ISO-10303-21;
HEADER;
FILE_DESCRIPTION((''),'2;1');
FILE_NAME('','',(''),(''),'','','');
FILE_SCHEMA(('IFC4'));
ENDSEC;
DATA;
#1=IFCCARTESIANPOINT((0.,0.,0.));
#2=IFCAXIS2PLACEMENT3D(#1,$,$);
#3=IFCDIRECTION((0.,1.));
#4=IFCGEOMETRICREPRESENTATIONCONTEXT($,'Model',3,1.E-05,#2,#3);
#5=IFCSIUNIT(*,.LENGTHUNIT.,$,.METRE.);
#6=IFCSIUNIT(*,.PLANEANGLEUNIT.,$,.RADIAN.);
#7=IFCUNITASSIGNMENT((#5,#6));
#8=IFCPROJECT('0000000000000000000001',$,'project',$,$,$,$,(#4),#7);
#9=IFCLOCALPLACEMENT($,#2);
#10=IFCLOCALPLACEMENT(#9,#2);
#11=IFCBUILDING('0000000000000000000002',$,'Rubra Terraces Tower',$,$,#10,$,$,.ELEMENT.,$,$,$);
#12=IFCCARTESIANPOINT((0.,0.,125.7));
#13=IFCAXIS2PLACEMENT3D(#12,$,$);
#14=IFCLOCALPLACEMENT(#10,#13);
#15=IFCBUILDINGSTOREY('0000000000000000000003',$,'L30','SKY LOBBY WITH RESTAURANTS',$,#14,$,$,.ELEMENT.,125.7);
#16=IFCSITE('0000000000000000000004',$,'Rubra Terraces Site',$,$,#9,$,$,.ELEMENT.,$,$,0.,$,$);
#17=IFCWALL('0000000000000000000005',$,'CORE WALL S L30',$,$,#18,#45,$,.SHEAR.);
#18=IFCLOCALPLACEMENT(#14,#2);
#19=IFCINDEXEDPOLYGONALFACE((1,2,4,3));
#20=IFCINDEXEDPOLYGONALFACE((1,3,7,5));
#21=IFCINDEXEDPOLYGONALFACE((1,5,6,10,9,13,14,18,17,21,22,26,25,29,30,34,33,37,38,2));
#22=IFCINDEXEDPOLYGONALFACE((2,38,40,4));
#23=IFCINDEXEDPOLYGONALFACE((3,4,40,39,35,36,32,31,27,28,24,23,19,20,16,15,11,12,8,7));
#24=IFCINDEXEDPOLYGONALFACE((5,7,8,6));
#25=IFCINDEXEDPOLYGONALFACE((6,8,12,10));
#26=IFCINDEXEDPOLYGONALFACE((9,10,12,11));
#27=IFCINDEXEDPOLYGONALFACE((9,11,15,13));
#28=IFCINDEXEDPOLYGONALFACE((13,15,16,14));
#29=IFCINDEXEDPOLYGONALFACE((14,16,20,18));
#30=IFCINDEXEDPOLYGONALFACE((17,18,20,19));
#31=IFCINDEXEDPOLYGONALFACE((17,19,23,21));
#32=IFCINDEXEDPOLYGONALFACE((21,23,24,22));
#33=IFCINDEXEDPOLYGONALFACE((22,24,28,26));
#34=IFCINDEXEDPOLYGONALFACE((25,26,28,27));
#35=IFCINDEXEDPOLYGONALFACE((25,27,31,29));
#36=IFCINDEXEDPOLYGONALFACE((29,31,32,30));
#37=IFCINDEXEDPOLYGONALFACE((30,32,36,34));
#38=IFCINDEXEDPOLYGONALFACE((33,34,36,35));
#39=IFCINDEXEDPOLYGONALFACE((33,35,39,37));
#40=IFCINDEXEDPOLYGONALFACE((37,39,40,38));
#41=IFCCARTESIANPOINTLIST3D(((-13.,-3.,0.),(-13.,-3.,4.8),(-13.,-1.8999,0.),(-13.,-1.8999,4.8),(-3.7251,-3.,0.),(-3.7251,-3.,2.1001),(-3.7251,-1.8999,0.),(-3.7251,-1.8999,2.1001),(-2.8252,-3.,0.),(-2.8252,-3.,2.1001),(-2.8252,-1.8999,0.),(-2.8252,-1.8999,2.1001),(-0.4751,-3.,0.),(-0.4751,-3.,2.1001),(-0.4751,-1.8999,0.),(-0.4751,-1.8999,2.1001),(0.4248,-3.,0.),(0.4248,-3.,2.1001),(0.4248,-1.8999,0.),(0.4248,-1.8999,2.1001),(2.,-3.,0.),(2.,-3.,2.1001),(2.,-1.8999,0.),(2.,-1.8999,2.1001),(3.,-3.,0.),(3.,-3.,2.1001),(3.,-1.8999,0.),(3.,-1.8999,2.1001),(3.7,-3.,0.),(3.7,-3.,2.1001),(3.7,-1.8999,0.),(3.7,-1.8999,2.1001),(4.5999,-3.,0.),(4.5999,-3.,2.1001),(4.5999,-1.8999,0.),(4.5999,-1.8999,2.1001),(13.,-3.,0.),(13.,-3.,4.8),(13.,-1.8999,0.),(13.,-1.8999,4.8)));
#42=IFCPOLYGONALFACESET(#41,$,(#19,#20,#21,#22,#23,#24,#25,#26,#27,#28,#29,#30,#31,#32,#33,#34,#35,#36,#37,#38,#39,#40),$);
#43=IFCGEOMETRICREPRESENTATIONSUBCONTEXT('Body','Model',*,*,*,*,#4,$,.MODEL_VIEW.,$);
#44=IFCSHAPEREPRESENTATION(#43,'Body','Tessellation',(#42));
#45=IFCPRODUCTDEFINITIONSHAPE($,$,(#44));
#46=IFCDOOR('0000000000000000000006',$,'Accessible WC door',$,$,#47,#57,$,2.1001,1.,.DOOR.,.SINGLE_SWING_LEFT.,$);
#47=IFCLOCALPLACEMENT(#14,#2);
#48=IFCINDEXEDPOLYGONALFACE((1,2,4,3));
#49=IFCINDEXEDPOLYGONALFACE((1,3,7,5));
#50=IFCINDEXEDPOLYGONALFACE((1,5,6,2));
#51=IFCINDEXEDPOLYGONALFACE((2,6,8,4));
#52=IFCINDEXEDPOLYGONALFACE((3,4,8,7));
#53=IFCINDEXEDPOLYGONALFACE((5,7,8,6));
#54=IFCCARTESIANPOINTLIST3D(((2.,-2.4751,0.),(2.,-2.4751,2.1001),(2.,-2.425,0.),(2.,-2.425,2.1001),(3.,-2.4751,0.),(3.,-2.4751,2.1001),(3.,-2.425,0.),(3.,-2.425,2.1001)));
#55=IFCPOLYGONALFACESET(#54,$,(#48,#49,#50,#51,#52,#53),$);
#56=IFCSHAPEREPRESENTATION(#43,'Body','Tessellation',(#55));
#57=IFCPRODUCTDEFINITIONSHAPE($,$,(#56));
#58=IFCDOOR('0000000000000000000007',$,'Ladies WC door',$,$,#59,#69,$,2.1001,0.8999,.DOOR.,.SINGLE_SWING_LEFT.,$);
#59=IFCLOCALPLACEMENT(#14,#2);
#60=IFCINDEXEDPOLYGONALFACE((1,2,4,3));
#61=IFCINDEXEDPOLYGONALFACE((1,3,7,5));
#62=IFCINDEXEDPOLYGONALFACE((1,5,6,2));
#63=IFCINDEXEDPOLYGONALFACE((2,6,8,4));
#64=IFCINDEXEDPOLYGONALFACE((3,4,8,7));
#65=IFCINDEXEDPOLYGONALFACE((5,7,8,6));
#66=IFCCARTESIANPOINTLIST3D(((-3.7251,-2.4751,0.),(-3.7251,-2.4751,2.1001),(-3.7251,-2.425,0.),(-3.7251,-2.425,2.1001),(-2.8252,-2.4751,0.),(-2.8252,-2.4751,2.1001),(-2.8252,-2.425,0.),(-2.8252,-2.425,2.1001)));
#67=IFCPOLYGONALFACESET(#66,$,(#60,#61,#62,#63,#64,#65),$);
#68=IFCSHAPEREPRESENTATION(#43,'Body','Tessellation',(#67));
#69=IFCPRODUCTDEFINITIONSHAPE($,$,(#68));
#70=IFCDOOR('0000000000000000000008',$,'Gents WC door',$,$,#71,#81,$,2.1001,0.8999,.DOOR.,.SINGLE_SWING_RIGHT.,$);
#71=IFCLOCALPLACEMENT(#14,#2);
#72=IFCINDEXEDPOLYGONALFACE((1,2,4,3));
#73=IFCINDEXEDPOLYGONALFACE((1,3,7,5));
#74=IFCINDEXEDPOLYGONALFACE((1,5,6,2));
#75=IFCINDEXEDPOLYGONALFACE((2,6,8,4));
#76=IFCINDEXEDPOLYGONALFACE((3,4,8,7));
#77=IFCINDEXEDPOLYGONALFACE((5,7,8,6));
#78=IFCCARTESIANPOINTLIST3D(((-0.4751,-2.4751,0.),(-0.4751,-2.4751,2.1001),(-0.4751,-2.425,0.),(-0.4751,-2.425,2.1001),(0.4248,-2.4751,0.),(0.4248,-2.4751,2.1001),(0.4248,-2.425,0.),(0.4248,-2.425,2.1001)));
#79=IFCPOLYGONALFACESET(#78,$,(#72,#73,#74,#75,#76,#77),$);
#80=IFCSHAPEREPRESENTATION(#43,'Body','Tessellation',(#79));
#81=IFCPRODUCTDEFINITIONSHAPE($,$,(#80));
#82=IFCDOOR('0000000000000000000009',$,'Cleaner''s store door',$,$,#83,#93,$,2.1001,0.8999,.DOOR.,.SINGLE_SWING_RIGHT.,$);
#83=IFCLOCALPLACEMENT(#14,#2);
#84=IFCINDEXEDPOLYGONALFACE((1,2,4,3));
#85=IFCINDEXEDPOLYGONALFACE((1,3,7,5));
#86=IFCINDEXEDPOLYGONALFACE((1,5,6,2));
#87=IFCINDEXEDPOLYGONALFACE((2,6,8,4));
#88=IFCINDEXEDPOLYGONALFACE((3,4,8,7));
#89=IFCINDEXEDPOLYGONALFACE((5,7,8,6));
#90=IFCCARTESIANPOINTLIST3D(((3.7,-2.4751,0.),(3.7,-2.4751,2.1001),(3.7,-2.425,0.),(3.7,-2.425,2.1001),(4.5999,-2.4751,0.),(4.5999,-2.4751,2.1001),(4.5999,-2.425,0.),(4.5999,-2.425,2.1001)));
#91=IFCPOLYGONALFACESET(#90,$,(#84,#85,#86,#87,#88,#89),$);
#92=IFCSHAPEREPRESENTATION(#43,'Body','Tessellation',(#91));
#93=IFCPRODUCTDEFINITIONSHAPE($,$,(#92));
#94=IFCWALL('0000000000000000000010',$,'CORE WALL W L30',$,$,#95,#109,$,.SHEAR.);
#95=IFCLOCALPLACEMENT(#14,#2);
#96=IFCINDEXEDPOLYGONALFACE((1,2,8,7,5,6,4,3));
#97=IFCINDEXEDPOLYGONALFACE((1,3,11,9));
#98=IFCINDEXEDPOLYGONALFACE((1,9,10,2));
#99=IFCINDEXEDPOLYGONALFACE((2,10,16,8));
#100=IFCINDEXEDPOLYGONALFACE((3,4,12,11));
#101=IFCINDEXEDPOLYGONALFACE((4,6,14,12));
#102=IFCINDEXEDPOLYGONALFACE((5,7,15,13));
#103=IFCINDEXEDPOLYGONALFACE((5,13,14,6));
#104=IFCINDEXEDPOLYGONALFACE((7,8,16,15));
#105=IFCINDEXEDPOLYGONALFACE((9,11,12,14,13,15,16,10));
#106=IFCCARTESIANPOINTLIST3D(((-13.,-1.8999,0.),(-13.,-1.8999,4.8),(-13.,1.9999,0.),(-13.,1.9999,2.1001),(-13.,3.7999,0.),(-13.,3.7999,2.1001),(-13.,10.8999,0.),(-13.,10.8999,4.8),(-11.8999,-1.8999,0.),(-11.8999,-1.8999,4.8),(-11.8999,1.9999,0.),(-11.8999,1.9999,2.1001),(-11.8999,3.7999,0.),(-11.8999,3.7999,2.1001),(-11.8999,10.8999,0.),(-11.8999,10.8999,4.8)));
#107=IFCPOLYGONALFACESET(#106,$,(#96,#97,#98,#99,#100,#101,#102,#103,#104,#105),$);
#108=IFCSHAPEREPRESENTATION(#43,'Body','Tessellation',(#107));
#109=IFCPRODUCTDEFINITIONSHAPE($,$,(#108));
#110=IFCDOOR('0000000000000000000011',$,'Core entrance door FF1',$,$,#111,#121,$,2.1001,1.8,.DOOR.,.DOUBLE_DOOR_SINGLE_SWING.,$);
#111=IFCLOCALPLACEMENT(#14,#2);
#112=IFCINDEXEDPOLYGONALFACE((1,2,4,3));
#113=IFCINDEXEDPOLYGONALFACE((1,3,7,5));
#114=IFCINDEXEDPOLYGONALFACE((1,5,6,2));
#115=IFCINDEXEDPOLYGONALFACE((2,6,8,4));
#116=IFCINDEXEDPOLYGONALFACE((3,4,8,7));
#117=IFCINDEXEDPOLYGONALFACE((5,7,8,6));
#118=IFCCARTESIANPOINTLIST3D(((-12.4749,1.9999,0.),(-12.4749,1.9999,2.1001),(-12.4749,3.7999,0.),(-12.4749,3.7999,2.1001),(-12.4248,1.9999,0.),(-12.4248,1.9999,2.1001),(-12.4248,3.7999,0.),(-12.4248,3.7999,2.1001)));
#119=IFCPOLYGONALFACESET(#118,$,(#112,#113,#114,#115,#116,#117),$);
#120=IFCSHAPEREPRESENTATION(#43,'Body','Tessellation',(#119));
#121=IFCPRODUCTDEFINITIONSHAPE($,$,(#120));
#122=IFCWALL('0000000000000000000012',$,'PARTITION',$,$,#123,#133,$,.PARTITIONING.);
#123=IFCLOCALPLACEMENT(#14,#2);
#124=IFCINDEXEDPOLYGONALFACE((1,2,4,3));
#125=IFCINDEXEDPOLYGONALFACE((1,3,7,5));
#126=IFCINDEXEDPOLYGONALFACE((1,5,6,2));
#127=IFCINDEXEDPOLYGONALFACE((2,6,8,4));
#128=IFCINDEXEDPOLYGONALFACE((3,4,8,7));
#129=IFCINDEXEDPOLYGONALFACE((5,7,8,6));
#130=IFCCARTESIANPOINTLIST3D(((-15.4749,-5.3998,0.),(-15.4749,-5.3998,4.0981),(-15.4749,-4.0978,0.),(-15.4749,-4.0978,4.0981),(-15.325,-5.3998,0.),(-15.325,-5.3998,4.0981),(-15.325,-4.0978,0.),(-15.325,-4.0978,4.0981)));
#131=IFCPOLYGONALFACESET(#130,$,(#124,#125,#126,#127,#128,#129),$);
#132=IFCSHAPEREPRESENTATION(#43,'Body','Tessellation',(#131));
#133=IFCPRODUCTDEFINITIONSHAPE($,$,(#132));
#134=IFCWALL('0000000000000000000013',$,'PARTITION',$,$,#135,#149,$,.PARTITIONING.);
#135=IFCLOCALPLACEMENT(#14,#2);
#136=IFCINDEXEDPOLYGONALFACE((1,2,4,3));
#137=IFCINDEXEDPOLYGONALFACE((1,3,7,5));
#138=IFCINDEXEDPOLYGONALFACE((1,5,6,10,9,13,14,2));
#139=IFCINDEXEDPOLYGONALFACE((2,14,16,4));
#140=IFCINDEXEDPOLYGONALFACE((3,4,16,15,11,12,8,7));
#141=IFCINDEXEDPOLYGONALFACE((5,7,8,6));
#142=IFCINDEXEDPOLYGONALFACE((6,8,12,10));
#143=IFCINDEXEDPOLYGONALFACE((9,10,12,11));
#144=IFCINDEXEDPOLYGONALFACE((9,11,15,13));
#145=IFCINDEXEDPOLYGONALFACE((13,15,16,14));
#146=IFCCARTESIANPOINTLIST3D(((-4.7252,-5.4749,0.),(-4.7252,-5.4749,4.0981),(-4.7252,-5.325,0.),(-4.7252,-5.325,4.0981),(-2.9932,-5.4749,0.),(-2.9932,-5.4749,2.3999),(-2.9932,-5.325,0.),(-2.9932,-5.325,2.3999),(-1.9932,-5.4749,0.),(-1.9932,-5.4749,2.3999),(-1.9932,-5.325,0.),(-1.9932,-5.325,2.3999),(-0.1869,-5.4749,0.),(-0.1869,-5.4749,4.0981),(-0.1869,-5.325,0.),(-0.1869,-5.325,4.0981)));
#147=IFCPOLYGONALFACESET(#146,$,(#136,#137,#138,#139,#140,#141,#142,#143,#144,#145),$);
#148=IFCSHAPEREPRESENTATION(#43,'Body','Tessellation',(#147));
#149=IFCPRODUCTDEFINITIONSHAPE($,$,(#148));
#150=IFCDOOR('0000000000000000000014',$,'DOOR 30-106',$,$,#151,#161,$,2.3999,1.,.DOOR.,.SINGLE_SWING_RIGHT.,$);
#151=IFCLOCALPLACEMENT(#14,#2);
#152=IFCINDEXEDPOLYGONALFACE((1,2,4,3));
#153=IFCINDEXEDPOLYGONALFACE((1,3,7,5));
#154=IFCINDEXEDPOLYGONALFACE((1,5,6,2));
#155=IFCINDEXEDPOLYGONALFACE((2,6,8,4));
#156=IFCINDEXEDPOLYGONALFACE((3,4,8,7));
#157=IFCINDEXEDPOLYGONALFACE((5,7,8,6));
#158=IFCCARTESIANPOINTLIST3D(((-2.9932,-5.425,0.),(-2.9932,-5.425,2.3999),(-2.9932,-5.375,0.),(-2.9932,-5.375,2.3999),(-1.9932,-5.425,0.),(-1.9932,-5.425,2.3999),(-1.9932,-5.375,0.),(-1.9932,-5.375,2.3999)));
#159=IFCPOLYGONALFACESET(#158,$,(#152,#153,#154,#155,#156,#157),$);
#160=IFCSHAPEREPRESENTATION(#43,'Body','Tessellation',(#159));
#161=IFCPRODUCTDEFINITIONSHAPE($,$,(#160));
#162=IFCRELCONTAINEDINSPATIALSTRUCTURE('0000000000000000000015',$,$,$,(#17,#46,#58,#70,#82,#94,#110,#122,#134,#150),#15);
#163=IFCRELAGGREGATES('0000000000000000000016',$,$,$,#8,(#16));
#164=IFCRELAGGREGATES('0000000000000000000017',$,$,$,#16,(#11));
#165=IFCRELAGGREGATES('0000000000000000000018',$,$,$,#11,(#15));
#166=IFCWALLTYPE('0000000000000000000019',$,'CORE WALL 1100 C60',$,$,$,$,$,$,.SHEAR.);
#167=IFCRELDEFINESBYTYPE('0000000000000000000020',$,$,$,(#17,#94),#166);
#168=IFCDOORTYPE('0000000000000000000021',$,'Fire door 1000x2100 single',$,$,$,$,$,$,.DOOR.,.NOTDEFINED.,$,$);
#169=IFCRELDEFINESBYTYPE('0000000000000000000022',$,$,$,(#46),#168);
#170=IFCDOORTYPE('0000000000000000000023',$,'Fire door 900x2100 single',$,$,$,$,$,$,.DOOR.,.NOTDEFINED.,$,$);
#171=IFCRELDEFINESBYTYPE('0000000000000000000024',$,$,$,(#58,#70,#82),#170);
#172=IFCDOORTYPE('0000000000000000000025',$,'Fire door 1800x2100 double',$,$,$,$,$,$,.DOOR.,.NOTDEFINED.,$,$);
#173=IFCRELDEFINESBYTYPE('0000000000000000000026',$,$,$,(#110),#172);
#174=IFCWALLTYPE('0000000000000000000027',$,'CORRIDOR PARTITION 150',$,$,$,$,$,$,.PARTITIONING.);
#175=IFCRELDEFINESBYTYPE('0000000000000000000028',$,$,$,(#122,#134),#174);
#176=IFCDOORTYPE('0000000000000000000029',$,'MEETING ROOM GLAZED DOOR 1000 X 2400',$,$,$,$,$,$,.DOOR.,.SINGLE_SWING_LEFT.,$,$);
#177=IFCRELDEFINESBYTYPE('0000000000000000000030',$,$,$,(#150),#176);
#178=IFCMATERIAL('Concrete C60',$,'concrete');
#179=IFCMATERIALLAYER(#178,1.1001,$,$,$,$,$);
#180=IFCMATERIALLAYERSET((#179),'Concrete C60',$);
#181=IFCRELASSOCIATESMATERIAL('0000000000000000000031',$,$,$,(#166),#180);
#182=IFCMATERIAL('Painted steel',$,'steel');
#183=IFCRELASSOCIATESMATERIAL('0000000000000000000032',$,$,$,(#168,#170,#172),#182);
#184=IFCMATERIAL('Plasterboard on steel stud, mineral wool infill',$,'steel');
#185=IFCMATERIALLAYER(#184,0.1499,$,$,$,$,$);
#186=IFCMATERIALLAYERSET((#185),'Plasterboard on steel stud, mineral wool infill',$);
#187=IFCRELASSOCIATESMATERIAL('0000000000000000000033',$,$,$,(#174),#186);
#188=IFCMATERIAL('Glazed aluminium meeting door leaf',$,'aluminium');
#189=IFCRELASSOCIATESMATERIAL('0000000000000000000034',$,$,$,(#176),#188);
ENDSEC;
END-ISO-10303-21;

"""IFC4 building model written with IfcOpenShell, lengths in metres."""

from ifc_helpers import new_model, si_unit, direction, frame, frame_2d, origin, place, context, subcontext, project, spatial, rectangle, extrude, material, layer, layer_set, type_object, element, fill, save


model = new_model("IFC4")

# Units and contexts
model_context = context("Model", 3, precision=1e-05, world=origin(), true_north=direction((0.0, 1.0)))
body_context = subcontext(model_context, "Body", "Model", "MODEL_VIEW")
ifc_project = project(units=[si_unit("LENGTHUNIT", "METRE"), si_unit("PLANEANGLEUNIT", "RADIAN")], contexts=[model_context])

# Site, building, storey
site_placement = place(None, origin())
site = spatial("IfcSite", under=ifc_project, at=site_placement, Name="Rubra Terraces Site", CompositionType="ELEMENT", RefElevation=0.0)
building_placement = place(site_placement, origin())
building = spatial("IfcBuilding", under=site, at=building_placement, Name="Rubra Terraces Tower", CompositionType="ELEMENT")
storey_placement = place(building_placement, frame((0.0, 0.0, 125.7)))
storey = spatial("IfcBuildingStorey", under=building, at=storey_placement, Name="L30", Description="SKY LOBBY WITH RESTAURANTS", CompositionType="ELEMENT", Elevation=125.7)

# Wall, openings, doors
ifc_material_1 = material(Name="Concrete C60", Category="concrete")
ifc_layer_1 = layer(ifc_material_1, 1.1001)
ifc_layer_set_1 = layer_set([ifc_layer_1], Name="Concrete C60")
wall_type_1 = type_object("IfcWallType", Name="CORE WALL 1100 C60", PredefinedType="SHEAR", material=ifc_layer_set_1)
wall_1_placement = place(storey_placement, frame((-13.0, -2.45, 0.0), z_axis=(0.0, 0.0, 1.0), x_axis=(1.0, 0.0, 0.0)))
wall_1 = element("IfcWall", 1, at=wall_1_placement, inside=storey, type_object=wall_type_1, Name="CORE WALL S L30", PredefinedType="SHEAR", context=body_context, shape_type="SweptSolid", body=[
    extrude(rectangle(XDim=26.0, YDim=1.1001, at=frame_2d((13.0, 0.0))), origin(), (0.0, 0.0, 1.0), 4.8),
])
opening_1_placement = place(wall_1_placement, frame((9.2749, 0.0, 0.0)))
opening_1 = element("IfcOpeningElement", 2, at=opening_1_placement, cuts=wall_1, PredefinedType="OPENING", context=body_context, shape_type="SweptSolid", body=[
    extrude(rectangle(XDim=0.8999, YDim=2.1001, at=frame_2d((0.45, 1.05))), frame((0.0, 0.5601, 0.0), z_axis=(0.0, -1.0, 0.0), x_axis=(1.0, 0.0, 0.0)), (0.0, 0.0, 1.0), 1.1201),
])
opening_2_placement = place(wall_1_placement, frame((12.5249, 0.0, 0.0)))
opening_2 = element("IfcOpeningElement", 3, at=opening_2_placement, cuts=wall_1, PredefinedType="OPENING", context=body_context, shape_type="SweptSolid", body=[
    extrude(rectangle(XDim=0.8999, YDim=2.1001, at=frame_2d((0.45, 1.05))), frame((0.0, 0.5601, 0.0), z_axis=(0.0, -1.0, 0.0), x_axis=(1.0, 0.0, 0.0)), (0.0, 0.0, 1.0), 1.1201),
])
opening_3_placement = place(wall_1_placement, frame((15.0, 0.0, 0.0)))
opening_3 = element("IfcOpeningElement", 4, at=opening_3_placement, cuts=wall_1, PredefinedType="OPENING", context=body_context, shape_type="SweptSolid", body=[
    extrude(rectangle(XDim=1.0, YDim=2.1001, at=frame_2d((0.5, 1.05))), frame((0.0, 0.5601, 0.0), z_axis=(0.0, -1.0, 0.0), x_axis=(1.0, 0.0, 0.0)), (0.0, 0.0, 1.0), 1.1201),
])
opening_4_placement = place(wall_1_placement, frame((16.7, 0.0, 0.0)))
opening_4 = element("IfcOpeningElement", 5, at=opening_4_placement, cuts=wall_1, PredefinedType="OPENING", context=body_context, shape_type="SweptSolid", body=[
    extrude(rectangle(XDim=0.8999, YDim=2.1001, at=frame_2d((0.45, 1.05))), frame((0.0, 0.5601, 0.0), z_axis=(0.0, -1.0, 0.0), x_axis=(1.0, 0.0, 0.0)), (0.0, 0.0, 1.0), 1.1201),
])
ifc_material_2 = material(Name="Painted steel", Category="steel")
door_type_1 = type_object("IfcDoorType", Name="Fire door 1000x2100 single", OperationType="NOTDEFINED", PredefinedType="DOOR", material=ifc_material_2)
door_1_placement = place(opening_3_placement, origin())
door_1 = element("IfcDoor", 6, at=door_1_placement, inside=storey, type_object=door_type_1, Name="Accessible WC door", OperationType="SINGLE_SWING_LEFT", OverallHeight=2.1001, OverallWidth=1.0, PredefinedType="DOOR", context=body_context, shape_type="SweptSolid", body=[
    extrude(rectangle(XDim=1.0, YDim=2.1001, at=frame_2d((0.5, 1.05))), frame((0.0, 0.0249, 0.0), z_axis=(0.0, -1.0, 0.0), x_axis=(1.0, 0.0, 0.0)), (0.0, 0.0, 1.0), 0.05),
])
fill(opening_3, door_1)
door_type_2 = type_object("IfcDoorType", Name="Fire door 900x2100 single", OperationType="NOTDEFINED", PredefinedType="DOOR", material=ifc_material_2)
door_2_placement = place(opening_1_placement, origin())
door_2 = element("IfcDoor", 7, at=door_2_placement, inside=storey, type_object=door_type_2, Name="Ladies WC door", OperationType="SINGLE_SWING_LEFT", OverallHeight=2.1001, OverallWidth=0.8999, PredefinedType="DOOR", context=body_context, shape_type="SweptSolid", body=[
    extrude(rectangle(XDim=0.8999, YDim=2.1001, at=frame_2d((0.45, 1.05))), frame((0.0, 0.0249, 0.0), z_axis=(0.0, -1.0, 0.0), x_axis=(1.0, 0.0, 0.0)), (0.0, 0.0, 1.0), 0.05),
])
fill(opening_1, door_2)
door_3_placement = place(opening_2_placement, origin())
door_3 = element("IfcDoor", 8, at=door_3_placement, inside=storey, type_object=door_type_2, Name="Gents WC door", OperationType="SINGLE_SWING_RIGHT", OverallHeight=2.1001, OverallWidth=0.8999, PredefinedType="DOOR", context=body_context, shape_type="SweptSolid", body=[
    extrude(rectangle(XDim=0.8999, YDim=2.1001, at=frame_2d((0.45, 1.05))), frame((0.0, 0.0249, 0.0), z_axis=(0.0, -1.0, 0.0), x_axis=(1.0, 0.0, 0.0)), (0.0, 0.0, 1.0), 0.05),
])
fill(opening_2, door_3)
door_4_placement = place(opening_4_placement, origin())
door_4 = element("IfcDoor", 9, at=door_4_placement, inside=storey, type_object=door_type_2, Name="Cleaner's store door", OperationType="SINGLE_SWING_RIGHT", OverallHeight=2.1001, OverallWidth=0.8999, PredefinedType="DOOR", context=body_context, shape_type="SweptSolid", body=[
    extrude(rectangle(XDim=0.8999, YDim=2.1001, at=frame_2d((0.45, 1.05))), frame((0.0, 0.0249, 0.0), z_axis=(0.0, -1.0, 0.0), x_axis=(1.0, 0.0, 0.0)), (0.0, 0.0, 1.0), 0.05),
])
fill(opening_4, door_4)

# Wall, opening, door
wall_2_placement = place(storey_placement, frame((-12.45, -1.8999, 0.0), z_axis=(0.0, 0.0, 1.0), x_axis=(0.0, 1.0, 0.0)))
wall_2 = element("IfcWall", 10, at=wall_2_placement, inside=storey, type_object=wall_type_1, Name="CORE WALL W L30", PredefinedType="SHEAR", context=body_context, shape_type="SweptSolid", body=[
    extrude(rectangle(XDim=12.7998, YDim=1.1001, at=frame_2d((6.3999, 0.0))), origin(), (0.0, 0.0, 1.0), 4.8),
])
opening_5_placement = place(wall_2_placement, frame((3.8999, 0.0, 0.0)))
opening_5 = element("IfcOpeningElement", 11, at=opening_5_placement, cuts=wall_2, PredefinedType="OPENING", context=body_context, shape_type="SweptSolid", body=[
    extrude(rectangle(XDim=1.8, YDim=2.1001, at=frame_2d((0.8999, 1.05))), frame((0.0, 0.5601, 0.0), z_axis=(0.0, -1.0, 0.0), x_axis=(1.0, 0.0, 0.0)), (0.0, 0.0, 1.0), 1.1201),
])
door_type_3 = type_object("IfcDoorType", Name="Fire door 1800x2100 double", OperationType="NOTDEFINED", PredefinedType="DOOR", material=ifc_material_2)
door_5_placement = place(opening_5_placement, origin())
door_5 = element("IfcDoor", 12, at=door_5_placement, inside=storey, type_object=door_type_3, Name="Core entrance door FF1", OperationType="DOUBLE_DOOR_SINGLE_SWING", OverallHeight=2.1001, OverallWidth=1.8, PredefinedType="DOOR", context=body_context, shape_type="SweptSolid", body=[
    extrude(rectangle(XDim=1.8, YDim=2.1001, at=frame_2d((0.8999, 1.05))), frame((0.0, 0.0249, 0.0), z_axis=(0.0, -1.0, 0.0), x_axis=(1.0, 0.0, 0.0)), (0.0, 0.0, 1.0), 0.05),
])
fill(opening_5, door_5)

# Wall
ifc_material_3 = material(Name="Plasterboard on steel stud, mineral wool infill", Category="steel")
ifc_layer_2 = layer(ifc_material_3, 0.1499)
ifc_layer_set_2 = layer_set([ifc_layer_2], Name="Plasterboard on steel stud, mineral wool infill")
wall_type_2 = type_object("IfcWallType", Name="CORRIDOR PARTITION 150", PredefinedType="PARTITIONING", material=ifc_layer_set_2)
wall_3_placement = place(storey_placement, frame((-15.3999, -4.0979, 0.0), z_axis=(0.0, 0.0, 1.0), x_axis=(0.0, -1.0, 0.0)))
element("IfcWall", 13, at=wall_3_placement, inside=storey, type_object=wall_type_2, Name="PARTITION", PredefinedType="PARTITIONING", context=body_context, shape_type="SweptSolid", body=[
    extrude(rectangle(XDim=1.302, YDim=0.1499, at=frame_2d((0.6509, 0.0))), origin(), (0.0, 0.0, 1.0), 4.0981),
])

# Wall, opening, door
ifc_material_4 = material(Name="Glazed aluminium meeting door leaf", Category="aluminium")
door_type_4 = type_object("IfcDoorType", Name="MEETING ROOM GLAZED DOOR 1000 X 2400", OperationType="SINGLE_SWING_LEFT", PredefinedType="DOOR", material=ifc_material_4)
wall_4_placement = place(storey_placement, frame((-4.7251, -5.3999, 0.0), z_axis=(0.0, 0.0, 1.0), x_axis=(1.0, 0.0, 0.0)))
wall_4 = element("IfcWall", 14, at=wall_4_placement, inside=storey, type_object=wall_type_2, Name="PARTITION", PredefinedType="PARTITIONING", context=body_context, shape_type="SweptSolid", body=[
    extrude(rectangle(XDim=4.5383, YDim=0.1499, at=frame_2d((2.269, 0.0))), origin(), (0.0, 0.0, 1.0), 4.0981),
])
opening_6_placement = place(wall_4_placement, frame((1.7319, 0.0, 0.0)))
opening_6 = element("IfcOpeningElement", 15, at=opening_6_placement, cuts=wall_4, PredefinedType="OPENING", context=body_context, shape_type="SweptSolid", body=[
    extrude(rectangle(XDim=1.0, YDim=2.3999, at=frame_2d((0.5, 1.2))), frame((0.0, 0.085, 0.0), z_axis=(0.0, -1.0, 0.0), x_axis=(1.0, 0.0, 0.0)), (0.0, 0.0, 1.0), 0.1699),
])
door_6_placement = place(opening_6_placement, origin())
door_6 = element("IfcDoor", 16, at=door_6_placement, inside=storey, type_object=door_type_4, Name="DOOR 30-106", OperationType="SINGLE_SWING_RIGHT", OverallHeight=2.3999, OverallWidth=1.0, PredefinedType="DOOR", context=body_context, shape_type="SweptSolid", body=[
    extrude(rectangle(XDim=1.0, YDim=2.3999, at=frame_2d((0.5, 1.2))), frame((0.0, 0.0249, 0.0), z_axis=(0.0, -1.0, 0.0), x_axis=(1.0, 0.0, 0.0)), (0.0, 0.0, 1.0), 0.05),
])
fill(opening_6, door_6)

save(model, "model.ifc")
